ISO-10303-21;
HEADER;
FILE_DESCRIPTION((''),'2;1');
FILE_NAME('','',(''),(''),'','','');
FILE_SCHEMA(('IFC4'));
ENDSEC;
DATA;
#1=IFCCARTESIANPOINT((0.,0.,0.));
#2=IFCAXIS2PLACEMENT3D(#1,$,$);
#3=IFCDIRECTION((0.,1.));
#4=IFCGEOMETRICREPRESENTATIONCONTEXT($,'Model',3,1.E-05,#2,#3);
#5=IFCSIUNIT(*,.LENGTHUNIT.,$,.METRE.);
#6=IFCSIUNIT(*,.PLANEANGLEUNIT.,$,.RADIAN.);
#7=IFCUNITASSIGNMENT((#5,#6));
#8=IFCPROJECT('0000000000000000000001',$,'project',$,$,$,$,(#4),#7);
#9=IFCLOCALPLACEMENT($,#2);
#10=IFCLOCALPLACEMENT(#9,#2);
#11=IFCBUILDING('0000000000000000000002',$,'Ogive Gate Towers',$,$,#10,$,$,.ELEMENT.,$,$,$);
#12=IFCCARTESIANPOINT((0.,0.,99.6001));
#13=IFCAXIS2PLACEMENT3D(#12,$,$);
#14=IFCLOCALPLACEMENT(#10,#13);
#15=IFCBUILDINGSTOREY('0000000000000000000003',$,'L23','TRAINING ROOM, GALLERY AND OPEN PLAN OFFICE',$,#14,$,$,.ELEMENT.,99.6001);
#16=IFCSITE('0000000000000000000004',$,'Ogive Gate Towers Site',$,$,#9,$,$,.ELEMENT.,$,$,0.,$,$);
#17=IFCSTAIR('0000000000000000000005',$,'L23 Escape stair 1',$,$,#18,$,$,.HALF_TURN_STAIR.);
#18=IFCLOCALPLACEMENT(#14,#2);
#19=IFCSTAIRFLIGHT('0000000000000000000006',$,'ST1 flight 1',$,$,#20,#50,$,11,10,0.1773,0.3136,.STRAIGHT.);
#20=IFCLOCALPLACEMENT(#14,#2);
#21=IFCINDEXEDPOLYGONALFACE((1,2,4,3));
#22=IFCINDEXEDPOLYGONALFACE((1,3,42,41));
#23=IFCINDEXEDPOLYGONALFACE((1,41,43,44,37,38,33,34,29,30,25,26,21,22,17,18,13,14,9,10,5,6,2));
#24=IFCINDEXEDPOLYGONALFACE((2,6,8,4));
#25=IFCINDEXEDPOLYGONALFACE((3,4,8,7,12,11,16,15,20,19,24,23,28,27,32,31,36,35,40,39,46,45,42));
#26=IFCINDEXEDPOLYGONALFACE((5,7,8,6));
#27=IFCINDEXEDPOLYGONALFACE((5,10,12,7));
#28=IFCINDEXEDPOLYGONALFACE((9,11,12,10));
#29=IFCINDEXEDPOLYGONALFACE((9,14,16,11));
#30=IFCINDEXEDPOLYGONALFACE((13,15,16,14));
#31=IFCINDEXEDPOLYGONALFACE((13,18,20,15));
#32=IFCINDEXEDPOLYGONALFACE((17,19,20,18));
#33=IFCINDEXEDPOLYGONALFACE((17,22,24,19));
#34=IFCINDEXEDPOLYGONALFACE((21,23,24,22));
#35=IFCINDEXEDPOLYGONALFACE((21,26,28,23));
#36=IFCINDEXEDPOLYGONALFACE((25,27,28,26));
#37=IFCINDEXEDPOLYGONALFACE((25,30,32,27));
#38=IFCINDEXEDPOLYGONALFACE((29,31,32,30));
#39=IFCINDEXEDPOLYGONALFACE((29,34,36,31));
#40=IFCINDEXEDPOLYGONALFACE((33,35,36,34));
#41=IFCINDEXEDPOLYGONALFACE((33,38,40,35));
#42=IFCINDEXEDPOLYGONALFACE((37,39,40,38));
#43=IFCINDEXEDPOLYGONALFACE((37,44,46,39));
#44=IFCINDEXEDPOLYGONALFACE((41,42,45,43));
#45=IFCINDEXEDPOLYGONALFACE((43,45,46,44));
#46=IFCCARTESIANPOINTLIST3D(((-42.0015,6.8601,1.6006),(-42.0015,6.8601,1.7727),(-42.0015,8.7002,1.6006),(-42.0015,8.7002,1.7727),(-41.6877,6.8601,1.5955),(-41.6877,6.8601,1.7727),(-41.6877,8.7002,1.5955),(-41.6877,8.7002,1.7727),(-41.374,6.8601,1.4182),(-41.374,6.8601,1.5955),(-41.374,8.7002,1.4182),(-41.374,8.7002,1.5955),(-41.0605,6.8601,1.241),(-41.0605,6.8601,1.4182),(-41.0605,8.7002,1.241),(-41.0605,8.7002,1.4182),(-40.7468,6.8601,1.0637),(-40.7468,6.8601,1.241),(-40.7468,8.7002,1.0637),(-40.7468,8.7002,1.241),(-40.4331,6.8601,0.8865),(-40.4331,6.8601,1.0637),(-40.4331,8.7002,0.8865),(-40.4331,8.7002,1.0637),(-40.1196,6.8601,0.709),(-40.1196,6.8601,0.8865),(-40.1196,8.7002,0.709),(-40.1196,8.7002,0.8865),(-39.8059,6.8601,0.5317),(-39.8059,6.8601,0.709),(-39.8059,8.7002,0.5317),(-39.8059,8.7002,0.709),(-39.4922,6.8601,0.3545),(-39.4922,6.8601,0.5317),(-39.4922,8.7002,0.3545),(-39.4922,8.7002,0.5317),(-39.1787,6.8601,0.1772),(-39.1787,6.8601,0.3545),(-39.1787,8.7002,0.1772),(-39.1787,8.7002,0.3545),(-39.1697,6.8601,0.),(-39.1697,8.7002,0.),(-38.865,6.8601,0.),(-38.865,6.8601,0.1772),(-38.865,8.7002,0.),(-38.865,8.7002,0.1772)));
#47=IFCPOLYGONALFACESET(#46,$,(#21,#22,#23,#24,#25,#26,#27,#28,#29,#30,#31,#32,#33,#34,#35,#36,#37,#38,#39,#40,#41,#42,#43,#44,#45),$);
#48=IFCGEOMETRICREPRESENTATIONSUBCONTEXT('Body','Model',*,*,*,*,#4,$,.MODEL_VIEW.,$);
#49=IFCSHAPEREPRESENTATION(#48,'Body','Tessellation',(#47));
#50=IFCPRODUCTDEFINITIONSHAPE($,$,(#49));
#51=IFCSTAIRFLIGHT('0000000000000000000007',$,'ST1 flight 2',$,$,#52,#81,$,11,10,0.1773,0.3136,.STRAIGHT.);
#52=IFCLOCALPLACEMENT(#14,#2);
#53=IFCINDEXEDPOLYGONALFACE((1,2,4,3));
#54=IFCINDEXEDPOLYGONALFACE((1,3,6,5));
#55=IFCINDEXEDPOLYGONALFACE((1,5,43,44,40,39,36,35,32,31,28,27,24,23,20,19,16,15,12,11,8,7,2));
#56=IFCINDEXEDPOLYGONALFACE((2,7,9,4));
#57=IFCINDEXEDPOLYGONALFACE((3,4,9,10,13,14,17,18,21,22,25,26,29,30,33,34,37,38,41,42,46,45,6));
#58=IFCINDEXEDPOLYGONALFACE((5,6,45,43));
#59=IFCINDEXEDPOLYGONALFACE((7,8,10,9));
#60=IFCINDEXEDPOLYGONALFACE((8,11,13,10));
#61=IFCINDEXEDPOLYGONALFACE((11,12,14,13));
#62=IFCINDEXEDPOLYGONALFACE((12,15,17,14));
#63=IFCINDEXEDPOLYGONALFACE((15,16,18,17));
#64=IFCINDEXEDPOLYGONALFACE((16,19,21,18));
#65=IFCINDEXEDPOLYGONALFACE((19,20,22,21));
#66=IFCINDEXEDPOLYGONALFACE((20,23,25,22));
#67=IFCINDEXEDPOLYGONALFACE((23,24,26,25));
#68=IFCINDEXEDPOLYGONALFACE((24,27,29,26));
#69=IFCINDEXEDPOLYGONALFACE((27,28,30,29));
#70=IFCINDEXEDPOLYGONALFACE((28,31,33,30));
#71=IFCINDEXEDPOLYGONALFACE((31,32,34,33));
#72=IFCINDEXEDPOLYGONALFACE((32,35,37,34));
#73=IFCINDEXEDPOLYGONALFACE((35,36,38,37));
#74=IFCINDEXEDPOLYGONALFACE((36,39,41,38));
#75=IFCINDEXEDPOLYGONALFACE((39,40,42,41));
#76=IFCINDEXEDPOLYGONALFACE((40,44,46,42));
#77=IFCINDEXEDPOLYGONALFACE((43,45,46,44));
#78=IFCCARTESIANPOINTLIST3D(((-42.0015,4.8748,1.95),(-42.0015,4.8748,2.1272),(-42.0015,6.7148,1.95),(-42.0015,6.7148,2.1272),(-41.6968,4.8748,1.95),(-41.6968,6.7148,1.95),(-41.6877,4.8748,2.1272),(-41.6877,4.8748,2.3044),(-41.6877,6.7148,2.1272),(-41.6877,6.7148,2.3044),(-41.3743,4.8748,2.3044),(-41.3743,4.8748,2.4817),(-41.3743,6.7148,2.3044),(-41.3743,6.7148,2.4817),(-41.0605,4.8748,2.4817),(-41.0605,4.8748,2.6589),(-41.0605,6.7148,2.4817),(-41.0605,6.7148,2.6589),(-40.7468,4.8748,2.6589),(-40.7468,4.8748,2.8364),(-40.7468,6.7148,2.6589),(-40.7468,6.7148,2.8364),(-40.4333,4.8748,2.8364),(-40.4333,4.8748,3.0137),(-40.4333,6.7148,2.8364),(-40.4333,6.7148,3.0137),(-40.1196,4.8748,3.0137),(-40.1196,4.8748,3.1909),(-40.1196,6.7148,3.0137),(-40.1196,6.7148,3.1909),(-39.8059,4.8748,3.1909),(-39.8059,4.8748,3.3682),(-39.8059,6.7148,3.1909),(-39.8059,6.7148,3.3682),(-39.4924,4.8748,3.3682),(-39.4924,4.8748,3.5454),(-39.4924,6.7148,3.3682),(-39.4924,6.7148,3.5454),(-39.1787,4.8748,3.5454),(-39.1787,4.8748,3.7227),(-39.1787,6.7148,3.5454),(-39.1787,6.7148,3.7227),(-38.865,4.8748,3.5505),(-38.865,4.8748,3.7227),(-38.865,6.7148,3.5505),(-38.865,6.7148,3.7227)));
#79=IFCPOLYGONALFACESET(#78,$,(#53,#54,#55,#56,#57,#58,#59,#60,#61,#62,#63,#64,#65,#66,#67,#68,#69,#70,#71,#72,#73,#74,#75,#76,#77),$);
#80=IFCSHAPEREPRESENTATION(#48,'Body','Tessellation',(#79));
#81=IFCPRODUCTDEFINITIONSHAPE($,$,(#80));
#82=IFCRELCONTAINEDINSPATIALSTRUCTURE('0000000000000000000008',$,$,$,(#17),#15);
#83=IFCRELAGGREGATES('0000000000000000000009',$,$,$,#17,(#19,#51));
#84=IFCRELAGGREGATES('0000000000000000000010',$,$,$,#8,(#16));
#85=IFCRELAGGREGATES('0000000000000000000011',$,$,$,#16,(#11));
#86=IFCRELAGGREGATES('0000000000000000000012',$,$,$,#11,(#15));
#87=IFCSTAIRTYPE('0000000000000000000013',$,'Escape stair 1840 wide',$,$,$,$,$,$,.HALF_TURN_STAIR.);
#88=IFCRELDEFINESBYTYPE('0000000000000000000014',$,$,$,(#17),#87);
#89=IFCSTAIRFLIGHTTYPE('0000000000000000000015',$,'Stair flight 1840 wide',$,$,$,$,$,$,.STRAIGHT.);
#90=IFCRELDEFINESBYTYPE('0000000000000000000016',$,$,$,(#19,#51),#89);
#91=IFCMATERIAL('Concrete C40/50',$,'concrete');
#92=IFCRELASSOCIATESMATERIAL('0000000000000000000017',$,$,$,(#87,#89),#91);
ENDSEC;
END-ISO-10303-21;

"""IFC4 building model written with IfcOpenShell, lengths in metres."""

from ifc_helpers import new_model, si_unit, direction, frame, origin, place, context, subcontext, project, spatial, polyline, outline, extrude, material, type_object, element, aggregate, save


model = new_model("IFC4")

# Units and contexts
model_context = context("Model", 3, precision=1e-05, world=origin(), true_north=direction((0.0, 1.0)))
body_context = subcontext(model_context, "Body", "Model", "MODEL_VIEW")
ifc_project = project(units=[si_unit("LENGTHUNIT", "METRE"), si_unit("PLANEANGLEUNIT", "RADIAN")], contexts=[model_context])

# Site, building, storey
site_placement = place(None, origin())
site = spatial("IfcSite", under=ifc_project, at=site_placement, Name="Ogive Gate Towers Site", CompositionType="ELEMENT", RefElevation=0.0)
building_placement = place(site_placement, origin())
building = spatial("IfcBuilding", under=site, at=building_placement, Name="Ogive Gate Towers", CompositionType="ELEMENT")
storey_placement = place(building_placement, frame((0.0, 0.0, 99.6001)))
storey = spatial("IfcBuildingStorey", under=building, at=storey_placement, Name="L23", Description="TRAINING ROOM, GALLERY AND OPEN PLAN OFFICE", CompositionType="ELEMENT", Elevation=99.6001)

# Stair, stair flights
ifc_material_1 = material(Name="Concrete C40/50", Category="concrete")
stair_type = type_object("IfcStairType", Name="Escape stair 1840 wide", PredefinedType="HALF_TURN_STAIR", material=ifc_material_1)
stair_placement = place(storey_placement, origin())
stair = element("IfcStair", 1, at=stair_placement, inside=storey, type_object=stair_type, Name="L23 Escape stair 1", PredefinedType="HALF_TURN_STAIR")
stair_flight_type = type_object("IfcStairFlightType", Name="Stair flight 1840 wide", PredefinedType="STRAIGHT", material=ifc_material_1)
stair_flight_1_placement = place(storey_placement, frame((-38.865, 7.78, 0.0), z_axis=(0.0, 0.0, 1.0), x_axis=(-1.0, 0.0, 0.0)))
stair_flight_1 = element("IfcStairFlight", 2, at=stair_flight_1_placement, type_object=stair_flight_type, Name="ST1 flight 1", NumberOfRisers=11, NumberOfTreads=10, PredefinedType="STRAIGHT", RiserHeight=0.1773, TreadLength=0.3136, context=body_context, shape_type="SweptSolid", body=[
    extrude(outline(polyline([(0.0, 0.0), (0.0, 0.1772), (0.3137, 0.1772), (0.3137, 0.3545), (0.6272, 0.3545), (0.6272, 0.5317), (0.9409, 0.5317), (0.9409, 0.709), (1.2546, 0.709), (1.2546, 0.8865), (1.5681, 0.8865), (1.5681, 1.0637), (1.8818, 1.0637), (1.8818, 1.241), (2.1956, 1.241), (2.1956, 1.4182), (2.509, 1.4182), (2.509, 1.5955), (2.8228, 1.5955), (2.8228, 1.7727), (3.1365, 1.7727), (3.1365, 1.95), (3.1365, 1.6006), (0.3047, 0.0), (0.0, 0.0)])), frame((0.0, 0.9199, 0.0), z_axis=(0.0, -1.0, 0.0), x_axis=(1.0, 0.0, 0.0)), (0.0, 0.0, 1.0), 1.8401),
])
stair_flight_2_placement = place(storey_placement, frame((-42.0015, 5.7949, 1.95), z_axis=(0.0, 0.0, 1.0), x_axis=(1.0, 0.0, 0.0)))
stair_flight_2 = element("IfcStairFlight", 3, at=stair_flight_2_placement, type_object=stair_flight_type, Name="ST1 flight 2", NumberOfRisers=11, NumberOfTreads=10, PredefinedType="STRAIGHT", RiserHeight=0.1773, TreadLength=0.3136, context=body_context, shape_type="SweptSolid", body=[
    extrude(outline(polyline([(0.0, 0.0), (0.0, 0.1772), (0.3137, 0.1772), (0.3137, 0.3545), (0.6272, 0.3545), (0.6272, 0.5317), (0.9409, 0.5317), (0.9409, 0.709), (1.2546, 0.709), (1.2546, 0.8865), (1.5681, 0.8865), (1.5681, 1.0637), (1.8818, 1.0637), (1.8818, 1.241), (2.1956, 1.241), (2.1956, 1.4182), (2.509, 1.4182), (2.509, 1.5955), (2.8228, 1.5955), (2.8228, 1.7727), (3.1365, 1.7727), (3.1365, 1.95), (3.1365, 1.6006), (0.3047, 0.0), (0.0, 0.0)])), frame((0.0, 0.9199, 0.0), z_axis=(0.0, -1.0, 0.0), x_axis=(1.0, 0.0, 0.0)), (0.0, 0.0, 1.0), 1.8401),
])
aggregate(stair, [stair_flight_1, stair_flight_2])

save(model, "model.ifc")
